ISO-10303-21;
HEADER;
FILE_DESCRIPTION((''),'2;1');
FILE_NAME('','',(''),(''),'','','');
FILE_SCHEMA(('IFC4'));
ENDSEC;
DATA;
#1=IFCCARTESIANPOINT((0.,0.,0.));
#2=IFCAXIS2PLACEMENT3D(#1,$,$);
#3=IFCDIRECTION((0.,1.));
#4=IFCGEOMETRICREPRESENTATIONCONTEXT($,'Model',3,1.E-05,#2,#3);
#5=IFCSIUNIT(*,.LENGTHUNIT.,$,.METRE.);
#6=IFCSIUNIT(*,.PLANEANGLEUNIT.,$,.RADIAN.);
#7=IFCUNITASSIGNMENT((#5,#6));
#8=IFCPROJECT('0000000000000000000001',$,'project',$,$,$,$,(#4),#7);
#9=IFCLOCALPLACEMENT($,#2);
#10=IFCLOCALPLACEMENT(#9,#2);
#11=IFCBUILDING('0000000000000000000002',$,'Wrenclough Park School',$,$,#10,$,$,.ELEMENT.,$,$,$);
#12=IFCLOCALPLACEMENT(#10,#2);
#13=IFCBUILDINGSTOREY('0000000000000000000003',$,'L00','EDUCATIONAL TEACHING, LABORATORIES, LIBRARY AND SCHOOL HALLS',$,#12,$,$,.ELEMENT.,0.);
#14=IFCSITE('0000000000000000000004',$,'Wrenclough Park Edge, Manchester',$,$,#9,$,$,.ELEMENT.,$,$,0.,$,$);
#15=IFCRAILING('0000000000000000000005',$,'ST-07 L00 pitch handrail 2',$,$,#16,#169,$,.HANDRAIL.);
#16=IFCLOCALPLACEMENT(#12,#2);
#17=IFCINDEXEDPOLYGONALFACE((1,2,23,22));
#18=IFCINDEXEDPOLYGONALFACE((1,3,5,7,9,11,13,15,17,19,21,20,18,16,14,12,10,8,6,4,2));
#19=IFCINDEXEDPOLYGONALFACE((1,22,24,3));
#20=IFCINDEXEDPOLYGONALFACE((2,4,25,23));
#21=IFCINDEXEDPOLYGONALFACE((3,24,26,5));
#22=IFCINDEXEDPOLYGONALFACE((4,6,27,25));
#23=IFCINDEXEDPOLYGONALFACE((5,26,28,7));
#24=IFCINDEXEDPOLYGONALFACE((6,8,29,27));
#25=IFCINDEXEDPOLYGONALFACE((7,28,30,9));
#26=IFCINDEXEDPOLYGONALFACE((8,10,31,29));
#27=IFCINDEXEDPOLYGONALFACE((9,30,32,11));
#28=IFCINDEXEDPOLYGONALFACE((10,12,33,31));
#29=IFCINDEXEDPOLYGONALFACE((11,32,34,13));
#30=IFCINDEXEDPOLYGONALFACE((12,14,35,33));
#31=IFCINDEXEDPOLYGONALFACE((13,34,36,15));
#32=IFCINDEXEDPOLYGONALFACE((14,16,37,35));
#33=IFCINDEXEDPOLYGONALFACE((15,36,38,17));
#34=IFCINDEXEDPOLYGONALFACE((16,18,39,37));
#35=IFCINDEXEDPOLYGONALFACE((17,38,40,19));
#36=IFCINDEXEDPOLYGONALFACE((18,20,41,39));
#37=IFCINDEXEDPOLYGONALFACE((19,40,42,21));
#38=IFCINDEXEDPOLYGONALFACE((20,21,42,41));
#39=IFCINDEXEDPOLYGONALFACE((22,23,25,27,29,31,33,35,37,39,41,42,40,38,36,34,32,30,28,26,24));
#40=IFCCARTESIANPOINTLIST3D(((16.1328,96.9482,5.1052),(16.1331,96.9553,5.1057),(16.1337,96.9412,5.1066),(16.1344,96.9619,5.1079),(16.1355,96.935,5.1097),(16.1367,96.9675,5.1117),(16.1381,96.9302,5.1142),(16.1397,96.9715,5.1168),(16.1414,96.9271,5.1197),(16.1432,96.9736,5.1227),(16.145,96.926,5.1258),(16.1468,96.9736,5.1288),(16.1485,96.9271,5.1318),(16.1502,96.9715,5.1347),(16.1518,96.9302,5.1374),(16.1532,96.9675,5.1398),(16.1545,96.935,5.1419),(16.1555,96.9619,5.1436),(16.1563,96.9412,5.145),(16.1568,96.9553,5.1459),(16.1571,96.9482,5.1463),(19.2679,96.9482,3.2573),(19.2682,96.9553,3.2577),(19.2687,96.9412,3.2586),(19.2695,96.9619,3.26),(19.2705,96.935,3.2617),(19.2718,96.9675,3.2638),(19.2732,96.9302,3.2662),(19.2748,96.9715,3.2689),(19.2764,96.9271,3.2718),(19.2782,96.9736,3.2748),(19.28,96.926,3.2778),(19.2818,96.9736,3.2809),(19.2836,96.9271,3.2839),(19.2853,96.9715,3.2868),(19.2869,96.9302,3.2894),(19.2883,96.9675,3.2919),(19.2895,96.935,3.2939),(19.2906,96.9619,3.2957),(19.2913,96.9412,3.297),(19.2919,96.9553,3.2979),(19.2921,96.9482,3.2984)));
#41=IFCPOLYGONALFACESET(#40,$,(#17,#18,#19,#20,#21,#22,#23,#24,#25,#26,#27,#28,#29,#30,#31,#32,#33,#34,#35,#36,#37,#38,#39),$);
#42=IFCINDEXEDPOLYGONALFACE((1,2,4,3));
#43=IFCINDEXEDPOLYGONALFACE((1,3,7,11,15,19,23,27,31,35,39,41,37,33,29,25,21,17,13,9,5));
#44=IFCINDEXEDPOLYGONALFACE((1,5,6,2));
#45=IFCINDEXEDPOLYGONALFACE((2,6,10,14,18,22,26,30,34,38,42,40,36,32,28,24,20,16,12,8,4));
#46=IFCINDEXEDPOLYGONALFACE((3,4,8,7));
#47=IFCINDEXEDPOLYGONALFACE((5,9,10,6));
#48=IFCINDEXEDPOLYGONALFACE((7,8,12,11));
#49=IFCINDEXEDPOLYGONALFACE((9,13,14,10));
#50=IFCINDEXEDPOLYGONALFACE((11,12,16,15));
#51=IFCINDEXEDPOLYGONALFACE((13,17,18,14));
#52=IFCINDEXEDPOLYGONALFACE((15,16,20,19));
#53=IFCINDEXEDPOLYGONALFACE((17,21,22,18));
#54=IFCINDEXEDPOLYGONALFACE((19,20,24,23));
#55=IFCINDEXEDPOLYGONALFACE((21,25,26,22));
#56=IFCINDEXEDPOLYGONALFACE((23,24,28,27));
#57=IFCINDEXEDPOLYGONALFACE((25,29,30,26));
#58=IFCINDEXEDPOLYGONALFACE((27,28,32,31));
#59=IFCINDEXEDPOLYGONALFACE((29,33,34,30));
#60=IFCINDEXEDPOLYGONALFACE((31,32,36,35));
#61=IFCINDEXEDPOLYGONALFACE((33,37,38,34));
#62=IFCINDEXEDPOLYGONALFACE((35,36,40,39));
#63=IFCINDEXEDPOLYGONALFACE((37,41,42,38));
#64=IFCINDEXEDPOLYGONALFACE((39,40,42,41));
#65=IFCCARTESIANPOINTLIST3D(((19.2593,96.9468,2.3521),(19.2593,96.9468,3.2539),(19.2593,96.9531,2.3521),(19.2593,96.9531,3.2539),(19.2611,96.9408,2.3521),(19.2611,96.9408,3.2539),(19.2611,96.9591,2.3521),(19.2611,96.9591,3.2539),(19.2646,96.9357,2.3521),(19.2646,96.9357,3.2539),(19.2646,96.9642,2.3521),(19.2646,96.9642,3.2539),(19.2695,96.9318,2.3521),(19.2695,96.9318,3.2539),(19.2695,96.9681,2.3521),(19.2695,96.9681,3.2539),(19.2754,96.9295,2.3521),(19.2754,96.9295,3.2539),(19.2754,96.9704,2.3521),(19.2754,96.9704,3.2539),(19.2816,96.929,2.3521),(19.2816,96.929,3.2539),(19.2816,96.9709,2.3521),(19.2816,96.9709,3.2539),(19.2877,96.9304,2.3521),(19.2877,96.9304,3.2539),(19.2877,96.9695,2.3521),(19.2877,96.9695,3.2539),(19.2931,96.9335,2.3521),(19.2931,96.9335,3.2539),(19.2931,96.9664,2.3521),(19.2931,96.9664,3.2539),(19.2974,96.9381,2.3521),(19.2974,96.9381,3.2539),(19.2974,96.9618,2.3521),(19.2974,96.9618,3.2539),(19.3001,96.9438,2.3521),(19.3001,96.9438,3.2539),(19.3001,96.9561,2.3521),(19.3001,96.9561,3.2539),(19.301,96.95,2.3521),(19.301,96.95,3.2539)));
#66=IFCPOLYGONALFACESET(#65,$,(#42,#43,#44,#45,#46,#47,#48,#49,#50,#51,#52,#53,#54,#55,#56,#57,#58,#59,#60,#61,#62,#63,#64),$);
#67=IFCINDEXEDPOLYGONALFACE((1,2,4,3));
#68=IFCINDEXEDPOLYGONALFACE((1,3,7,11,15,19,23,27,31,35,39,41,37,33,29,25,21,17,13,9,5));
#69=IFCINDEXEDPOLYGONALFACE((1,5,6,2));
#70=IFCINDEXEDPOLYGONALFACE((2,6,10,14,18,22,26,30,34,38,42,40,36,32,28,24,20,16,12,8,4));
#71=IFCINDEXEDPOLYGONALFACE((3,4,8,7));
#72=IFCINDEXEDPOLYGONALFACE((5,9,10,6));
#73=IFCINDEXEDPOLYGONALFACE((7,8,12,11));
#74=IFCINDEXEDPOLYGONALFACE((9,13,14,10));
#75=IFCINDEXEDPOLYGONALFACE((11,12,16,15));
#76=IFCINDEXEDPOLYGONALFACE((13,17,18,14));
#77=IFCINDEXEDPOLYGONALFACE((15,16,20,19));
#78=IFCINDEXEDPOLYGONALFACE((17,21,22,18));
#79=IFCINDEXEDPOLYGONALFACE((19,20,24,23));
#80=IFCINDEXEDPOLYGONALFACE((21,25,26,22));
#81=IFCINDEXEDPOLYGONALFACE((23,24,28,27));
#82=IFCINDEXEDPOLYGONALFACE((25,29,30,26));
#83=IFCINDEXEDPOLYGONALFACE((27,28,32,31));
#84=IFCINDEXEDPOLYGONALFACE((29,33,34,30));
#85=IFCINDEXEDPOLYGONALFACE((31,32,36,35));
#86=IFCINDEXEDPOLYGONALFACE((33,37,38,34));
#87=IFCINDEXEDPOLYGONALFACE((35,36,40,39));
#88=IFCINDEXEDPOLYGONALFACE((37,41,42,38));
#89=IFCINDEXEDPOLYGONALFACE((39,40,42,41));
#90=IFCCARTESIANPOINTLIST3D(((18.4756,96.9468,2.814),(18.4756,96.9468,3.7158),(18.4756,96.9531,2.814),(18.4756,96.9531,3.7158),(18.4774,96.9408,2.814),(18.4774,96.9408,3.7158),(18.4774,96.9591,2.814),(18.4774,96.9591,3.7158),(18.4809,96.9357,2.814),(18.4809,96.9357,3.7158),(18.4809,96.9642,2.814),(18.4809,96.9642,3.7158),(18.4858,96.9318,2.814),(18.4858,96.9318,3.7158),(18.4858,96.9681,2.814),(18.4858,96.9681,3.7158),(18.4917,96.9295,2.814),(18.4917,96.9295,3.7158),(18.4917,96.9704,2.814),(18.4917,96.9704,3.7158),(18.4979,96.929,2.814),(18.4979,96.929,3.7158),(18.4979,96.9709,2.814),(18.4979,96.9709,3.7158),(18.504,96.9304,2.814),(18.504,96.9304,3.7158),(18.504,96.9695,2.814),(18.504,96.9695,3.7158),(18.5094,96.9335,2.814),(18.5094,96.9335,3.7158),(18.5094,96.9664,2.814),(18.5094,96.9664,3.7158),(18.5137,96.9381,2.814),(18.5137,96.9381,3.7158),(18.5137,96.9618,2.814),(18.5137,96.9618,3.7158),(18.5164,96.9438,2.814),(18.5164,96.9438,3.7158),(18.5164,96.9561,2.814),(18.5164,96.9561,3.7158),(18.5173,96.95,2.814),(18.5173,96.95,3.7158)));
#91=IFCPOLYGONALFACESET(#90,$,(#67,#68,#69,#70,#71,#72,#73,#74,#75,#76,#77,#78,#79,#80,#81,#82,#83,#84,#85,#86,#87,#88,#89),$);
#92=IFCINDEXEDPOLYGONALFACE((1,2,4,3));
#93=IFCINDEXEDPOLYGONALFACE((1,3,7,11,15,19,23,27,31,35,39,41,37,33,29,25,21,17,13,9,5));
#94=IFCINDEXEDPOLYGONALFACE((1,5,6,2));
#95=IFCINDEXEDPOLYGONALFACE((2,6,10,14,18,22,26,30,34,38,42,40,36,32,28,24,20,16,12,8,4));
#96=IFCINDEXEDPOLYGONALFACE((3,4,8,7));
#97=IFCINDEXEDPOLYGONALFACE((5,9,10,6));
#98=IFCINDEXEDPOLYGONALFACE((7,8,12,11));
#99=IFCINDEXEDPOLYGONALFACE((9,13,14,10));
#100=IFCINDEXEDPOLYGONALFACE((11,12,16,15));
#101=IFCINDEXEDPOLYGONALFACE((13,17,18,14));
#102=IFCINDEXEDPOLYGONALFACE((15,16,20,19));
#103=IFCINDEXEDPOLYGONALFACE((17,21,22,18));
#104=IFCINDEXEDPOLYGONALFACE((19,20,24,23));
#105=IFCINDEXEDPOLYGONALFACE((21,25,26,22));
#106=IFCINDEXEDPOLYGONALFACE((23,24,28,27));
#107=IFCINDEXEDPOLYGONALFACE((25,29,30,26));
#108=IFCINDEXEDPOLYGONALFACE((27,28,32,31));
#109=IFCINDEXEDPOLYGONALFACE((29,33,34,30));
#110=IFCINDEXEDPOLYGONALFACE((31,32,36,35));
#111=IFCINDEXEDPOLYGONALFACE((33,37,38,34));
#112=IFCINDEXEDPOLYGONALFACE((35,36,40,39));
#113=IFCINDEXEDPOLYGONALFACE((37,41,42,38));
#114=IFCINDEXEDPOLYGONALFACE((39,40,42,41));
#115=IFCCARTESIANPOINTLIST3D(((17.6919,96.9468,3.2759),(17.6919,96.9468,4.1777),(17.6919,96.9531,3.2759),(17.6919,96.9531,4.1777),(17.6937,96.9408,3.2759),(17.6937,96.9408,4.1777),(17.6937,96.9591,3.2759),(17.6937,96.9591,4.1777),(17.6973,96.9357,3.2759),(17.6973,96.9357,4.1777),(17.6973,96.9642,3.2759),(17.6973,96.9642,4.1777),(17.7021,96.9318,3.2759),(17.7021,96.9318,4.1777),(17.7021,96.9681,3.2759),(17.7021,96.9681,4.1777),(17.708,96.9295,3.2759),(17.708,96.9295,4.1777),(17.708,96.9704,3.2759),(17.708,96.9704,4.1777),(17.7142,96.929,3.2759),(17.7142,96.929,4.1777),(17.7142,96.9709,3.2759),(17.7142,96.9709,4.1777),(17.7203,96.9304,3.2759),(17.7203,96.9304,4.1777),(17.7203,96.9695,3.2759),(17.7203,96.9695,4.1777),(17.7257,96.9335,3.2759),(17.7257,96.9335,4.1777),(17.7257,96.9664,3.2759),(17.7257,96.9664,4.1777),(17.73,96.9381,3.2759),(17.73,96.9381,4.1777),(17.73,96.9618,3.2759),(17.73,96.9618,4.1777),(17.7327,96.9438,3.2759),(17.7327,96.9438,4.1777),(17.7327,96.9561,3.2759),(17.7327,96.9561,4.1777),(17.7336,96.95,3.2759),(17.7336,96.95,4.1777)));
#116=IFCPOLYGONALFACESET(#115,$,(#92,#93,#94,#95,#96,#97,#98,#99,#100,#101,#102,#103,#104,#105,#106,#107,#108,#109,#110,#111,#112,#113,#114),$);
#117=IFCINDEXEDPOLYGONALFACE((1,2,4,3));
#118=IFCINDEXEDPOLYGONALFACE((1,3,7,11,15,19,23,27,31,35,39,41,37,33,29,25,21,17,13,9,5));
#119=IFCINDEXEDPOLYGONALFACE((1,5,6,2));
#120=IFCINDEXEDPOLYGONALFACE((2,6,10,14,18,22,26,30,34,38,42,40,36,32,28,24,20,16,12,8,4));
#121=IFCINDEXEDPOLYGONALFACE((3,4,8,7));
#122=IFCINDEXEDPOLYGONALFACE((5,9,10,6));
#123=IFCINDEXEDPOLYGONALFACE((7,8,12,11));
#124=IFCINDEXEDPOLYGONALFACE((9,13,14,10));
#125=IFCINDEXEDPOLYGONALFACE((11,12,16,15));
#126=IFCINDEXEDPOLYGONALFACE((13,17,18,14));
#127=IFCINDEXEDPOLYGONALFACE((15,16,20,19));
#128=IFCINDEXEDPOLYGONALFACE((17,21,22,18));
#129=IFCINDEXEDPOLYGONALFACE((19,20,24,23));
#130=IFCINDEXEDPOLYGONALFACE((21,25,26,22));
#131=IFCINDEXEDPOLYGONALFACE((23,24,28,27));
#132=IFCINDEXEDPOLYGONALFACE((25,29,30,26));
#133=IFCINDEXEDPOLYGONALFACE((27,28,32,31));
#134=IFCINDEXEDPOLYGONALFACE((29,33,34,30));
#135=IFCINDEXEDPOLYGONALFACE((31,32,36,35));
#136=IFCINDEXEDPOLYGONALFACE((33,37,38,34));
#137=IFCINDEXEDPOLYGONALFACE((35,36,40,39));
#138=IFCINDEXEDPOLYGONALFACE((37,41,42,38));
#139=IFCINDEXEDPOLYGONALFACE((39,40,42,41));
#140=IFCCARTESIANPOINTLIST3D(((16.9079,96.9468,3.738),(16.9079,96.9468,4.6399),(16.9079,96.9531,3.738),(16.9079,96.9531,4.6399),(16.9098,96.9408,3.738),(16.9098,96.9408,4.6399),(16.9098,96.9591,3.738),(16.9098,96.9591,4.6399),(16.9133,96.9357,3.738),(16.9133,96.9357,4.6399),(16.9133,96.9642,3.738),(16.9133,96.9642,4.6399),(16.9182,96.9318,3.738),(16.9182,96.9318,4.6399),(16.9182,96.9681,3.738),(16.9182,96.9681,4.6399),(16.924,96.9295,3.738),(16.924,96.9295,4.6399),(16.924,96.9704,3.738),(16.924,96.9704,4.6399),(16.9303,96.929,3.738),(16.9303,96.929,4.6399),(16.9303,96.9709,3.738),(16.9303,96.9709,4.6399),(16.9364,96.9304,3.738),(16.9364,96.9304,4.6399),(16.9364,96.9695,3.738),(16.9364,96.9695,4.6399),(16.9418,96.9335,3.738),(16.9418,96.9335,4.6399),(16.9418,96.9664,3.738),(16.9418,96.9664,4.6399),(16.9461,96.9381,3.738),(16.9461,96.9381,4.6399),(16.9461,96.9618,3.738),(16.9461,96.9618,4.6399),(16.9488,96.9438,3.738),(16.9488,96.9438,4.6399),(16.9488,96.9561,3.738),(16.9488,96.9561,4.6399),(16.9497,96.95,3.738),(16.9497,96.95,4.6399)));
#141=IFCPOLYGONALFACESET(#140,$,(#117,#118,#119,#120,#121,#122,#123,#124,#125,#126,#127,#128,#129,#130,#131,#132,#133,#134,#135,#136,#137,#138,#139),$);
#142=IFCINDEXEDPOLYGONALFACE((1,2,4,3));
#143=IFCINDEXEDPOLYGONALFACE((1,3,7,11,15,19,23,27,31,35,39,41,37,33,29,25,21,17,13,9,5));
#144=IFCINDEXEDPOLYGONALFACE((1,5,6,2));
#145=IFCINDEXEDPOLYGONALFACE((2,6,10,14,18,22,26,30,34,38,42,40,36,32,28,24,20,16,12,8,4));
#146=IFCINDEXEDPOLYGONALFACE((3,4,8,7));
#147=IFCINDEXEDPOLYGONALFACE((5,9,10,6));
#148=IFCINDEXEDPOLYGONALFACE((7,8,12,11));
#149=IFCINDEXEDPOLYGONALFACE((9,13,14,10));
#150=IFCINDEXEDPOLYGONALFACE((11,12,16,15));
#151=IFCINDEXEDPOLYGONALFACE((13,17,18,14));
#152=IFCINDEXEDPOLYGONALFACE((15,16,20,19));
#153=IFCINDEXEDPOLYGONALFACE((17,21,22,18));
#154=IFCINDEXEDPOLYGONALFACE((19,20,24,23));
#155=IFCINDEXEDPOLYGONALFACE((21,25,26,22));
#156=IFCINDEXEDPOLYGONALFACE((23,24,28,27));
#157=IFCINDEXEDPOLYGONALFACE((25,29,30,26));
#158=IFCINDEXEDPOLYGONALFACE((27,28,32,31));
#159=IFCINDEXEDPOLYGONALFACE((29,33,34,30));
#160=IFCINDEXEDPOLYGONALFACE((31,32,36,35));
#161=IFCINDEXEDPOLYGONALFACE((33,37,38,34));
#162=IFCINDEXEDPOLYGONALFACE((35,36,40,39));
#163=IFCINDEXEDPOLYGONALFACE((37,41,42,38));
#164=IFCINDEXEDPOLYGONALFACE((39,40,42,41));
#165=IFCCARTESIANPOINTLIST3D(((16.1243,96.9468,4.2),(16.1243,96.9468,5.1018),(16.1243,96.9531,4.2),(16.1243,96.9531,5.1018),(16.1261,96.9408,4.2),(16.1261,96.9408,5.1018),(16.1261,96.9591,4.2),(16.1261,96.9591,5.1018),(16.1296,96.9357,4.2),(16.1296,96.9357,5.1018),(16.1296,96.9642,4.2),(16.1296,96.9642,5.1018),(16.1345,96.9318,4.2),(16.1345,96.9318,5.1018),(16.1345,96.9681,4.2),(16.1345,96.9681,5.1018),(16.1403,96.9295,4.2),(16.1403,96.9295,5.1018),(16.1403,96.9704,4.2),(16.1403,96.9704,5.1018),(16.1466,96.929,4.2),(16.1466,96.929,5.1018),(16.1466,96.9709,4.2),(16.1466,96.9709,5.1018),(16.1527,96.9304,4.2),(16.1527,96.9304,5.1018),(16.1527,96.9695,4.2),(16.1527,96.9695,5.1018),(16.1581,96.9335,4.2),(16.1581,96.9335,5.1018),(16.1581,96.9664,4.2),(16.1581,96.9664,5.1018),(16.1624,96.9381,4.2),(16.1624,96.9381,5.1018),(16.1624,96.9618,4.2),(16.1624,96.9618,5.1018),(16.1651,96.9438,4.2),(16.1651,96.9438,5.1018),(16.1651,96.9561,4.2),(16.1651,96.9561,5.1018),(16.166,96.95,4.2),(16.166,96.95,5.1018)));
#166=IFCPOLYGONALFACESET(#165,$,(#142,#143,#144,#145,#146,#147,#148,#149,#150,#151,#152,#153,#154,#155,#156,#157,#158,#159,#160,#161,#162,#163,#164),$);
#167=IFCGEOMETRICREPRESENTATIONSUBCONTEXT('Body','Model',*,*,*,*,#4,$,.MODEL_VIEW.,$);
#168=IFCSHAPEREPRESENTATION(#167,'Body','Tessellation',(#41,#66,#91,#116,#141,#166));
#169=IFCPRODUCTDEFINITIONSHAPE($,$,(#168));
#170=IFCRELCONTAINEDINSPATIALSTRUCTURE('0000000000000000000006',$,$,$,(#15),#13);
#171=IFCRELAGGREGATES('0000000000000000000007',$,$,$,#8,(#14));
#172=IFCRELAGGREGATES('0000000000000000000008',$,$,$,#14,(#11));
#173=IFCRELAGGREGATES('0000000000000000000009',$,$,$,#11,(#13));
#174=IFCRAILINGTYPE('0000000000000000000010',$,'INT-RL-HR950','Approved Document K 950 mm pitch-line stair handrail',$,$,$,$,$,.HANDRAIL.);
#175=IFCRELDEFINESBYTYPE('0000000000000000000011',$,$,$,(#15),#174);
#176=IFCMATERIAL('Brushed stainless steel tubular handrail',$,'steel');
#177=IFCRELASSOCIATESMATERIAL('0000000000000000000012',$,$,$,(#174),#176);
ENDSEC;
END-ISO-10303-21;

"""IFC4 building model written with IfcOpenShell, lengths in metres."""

from ifc_helpers import new_model, si_unit, direction, frame, origin, origin_2d, place, context, subcontext, project, spatial, circle, extrude, material, type_object, element, save


model = new_model("IFC4")

# Units and contexts
model_context = context("Model", 3, precision=1e-05, world=origin(), true_north=direction((0.0, 1.0)))
body_context = subcontext(model_context, "Body", "Model", "MODEL_VIEW")
ifc_project = project(units=[si_unit("LENGTHUNIT", "METRE"), si_unit("PLANEANGLEUNIT", "RADIAN")], contexts=[model_context])

# Site, building, storey
site_placement = place(None, origin())
site = spatial("IfcSite", under=ifc_project, at=site_placement, Name="Wrenclough Park Edge, Manchester", CompositionType="ELEMENT", RefElevation=0.0)
building_placement = place(site_placement, origin())
building = spatial("IfcBuilding", under=site, at=building_placement, Name="Wrenclough Park School", CompositionType="ELEMENT")
storey_placement = place(building_placement, origin())
storey = spatial("IfcBuildingStorey", under=building, at=storey_placement, Name="L00", Description="EDUCATIONAL TEACHING, LABORATORIES, LIBRARY AND SCHOOL HALLS", CompositionType="ELEMENT", Elevation=0.0)

# Railing
ifc_material_1 = material(Name="Brushed stainless steel tubular handrail", Category="steel")
railing_type_1 = type_object("IfcRailingType", Name="INT-RL-HR950", Description="Approved Document K 950 mm pitch-line stair handrail", PredefinedType="HANDRAIL", material=ifc_material_1)
railing_1_placement = place(storey_placement, frame((19.28, 96.95, 2.3521)))
element("IfcRailing", 1, at=railing_1_placement, inside=storey, type_object=railing_type_1, Name="ST-07 L00 pitch handrail 2", PredefinedType="HANDRAIL", context=body_context, shape_type="SweptSolid", body=[
    extrude(circle(Radius=0.0239, at=origin_2d()), frame((0.0, 0.0, 0.9258), z_axis=(-0.86148, 0.0, 0.507791), x_axis=(0.0, -1.0, 0.0)), (0.0, 0.0, 1.0), 3.6392),
    extrude(circle(Radius=0.021, at=origin_2d()), origin(), (0.0, 0.0, 1.0), 0.9019),
    extrude(circle(Radius=0.021, at=origin_2d()), frame((-0.7837, 0.0, 0.4619)), (0.0, 0.0, 1.0), 0.9019),
    extrude(circle(Radius=0.021, at=origin_2d()), frame((-1.5674, 0.0, 0.9238)), (0.0, 0.0, 1.0), 0.9019),
    extrude(circle(Radius=0.021, at=origin_2d()), frame((-2.3513, 0.0, 1.386)), (0.0, 0.0, 1.0), 0.9019),
    extrude(circle(Radius=0.021, at=origin_2d()), frame((-3.135, 0.0, 1.8479)), (0.0, 0.0, 1.0), 0.9019),
])

save(model, "model.ifc")
